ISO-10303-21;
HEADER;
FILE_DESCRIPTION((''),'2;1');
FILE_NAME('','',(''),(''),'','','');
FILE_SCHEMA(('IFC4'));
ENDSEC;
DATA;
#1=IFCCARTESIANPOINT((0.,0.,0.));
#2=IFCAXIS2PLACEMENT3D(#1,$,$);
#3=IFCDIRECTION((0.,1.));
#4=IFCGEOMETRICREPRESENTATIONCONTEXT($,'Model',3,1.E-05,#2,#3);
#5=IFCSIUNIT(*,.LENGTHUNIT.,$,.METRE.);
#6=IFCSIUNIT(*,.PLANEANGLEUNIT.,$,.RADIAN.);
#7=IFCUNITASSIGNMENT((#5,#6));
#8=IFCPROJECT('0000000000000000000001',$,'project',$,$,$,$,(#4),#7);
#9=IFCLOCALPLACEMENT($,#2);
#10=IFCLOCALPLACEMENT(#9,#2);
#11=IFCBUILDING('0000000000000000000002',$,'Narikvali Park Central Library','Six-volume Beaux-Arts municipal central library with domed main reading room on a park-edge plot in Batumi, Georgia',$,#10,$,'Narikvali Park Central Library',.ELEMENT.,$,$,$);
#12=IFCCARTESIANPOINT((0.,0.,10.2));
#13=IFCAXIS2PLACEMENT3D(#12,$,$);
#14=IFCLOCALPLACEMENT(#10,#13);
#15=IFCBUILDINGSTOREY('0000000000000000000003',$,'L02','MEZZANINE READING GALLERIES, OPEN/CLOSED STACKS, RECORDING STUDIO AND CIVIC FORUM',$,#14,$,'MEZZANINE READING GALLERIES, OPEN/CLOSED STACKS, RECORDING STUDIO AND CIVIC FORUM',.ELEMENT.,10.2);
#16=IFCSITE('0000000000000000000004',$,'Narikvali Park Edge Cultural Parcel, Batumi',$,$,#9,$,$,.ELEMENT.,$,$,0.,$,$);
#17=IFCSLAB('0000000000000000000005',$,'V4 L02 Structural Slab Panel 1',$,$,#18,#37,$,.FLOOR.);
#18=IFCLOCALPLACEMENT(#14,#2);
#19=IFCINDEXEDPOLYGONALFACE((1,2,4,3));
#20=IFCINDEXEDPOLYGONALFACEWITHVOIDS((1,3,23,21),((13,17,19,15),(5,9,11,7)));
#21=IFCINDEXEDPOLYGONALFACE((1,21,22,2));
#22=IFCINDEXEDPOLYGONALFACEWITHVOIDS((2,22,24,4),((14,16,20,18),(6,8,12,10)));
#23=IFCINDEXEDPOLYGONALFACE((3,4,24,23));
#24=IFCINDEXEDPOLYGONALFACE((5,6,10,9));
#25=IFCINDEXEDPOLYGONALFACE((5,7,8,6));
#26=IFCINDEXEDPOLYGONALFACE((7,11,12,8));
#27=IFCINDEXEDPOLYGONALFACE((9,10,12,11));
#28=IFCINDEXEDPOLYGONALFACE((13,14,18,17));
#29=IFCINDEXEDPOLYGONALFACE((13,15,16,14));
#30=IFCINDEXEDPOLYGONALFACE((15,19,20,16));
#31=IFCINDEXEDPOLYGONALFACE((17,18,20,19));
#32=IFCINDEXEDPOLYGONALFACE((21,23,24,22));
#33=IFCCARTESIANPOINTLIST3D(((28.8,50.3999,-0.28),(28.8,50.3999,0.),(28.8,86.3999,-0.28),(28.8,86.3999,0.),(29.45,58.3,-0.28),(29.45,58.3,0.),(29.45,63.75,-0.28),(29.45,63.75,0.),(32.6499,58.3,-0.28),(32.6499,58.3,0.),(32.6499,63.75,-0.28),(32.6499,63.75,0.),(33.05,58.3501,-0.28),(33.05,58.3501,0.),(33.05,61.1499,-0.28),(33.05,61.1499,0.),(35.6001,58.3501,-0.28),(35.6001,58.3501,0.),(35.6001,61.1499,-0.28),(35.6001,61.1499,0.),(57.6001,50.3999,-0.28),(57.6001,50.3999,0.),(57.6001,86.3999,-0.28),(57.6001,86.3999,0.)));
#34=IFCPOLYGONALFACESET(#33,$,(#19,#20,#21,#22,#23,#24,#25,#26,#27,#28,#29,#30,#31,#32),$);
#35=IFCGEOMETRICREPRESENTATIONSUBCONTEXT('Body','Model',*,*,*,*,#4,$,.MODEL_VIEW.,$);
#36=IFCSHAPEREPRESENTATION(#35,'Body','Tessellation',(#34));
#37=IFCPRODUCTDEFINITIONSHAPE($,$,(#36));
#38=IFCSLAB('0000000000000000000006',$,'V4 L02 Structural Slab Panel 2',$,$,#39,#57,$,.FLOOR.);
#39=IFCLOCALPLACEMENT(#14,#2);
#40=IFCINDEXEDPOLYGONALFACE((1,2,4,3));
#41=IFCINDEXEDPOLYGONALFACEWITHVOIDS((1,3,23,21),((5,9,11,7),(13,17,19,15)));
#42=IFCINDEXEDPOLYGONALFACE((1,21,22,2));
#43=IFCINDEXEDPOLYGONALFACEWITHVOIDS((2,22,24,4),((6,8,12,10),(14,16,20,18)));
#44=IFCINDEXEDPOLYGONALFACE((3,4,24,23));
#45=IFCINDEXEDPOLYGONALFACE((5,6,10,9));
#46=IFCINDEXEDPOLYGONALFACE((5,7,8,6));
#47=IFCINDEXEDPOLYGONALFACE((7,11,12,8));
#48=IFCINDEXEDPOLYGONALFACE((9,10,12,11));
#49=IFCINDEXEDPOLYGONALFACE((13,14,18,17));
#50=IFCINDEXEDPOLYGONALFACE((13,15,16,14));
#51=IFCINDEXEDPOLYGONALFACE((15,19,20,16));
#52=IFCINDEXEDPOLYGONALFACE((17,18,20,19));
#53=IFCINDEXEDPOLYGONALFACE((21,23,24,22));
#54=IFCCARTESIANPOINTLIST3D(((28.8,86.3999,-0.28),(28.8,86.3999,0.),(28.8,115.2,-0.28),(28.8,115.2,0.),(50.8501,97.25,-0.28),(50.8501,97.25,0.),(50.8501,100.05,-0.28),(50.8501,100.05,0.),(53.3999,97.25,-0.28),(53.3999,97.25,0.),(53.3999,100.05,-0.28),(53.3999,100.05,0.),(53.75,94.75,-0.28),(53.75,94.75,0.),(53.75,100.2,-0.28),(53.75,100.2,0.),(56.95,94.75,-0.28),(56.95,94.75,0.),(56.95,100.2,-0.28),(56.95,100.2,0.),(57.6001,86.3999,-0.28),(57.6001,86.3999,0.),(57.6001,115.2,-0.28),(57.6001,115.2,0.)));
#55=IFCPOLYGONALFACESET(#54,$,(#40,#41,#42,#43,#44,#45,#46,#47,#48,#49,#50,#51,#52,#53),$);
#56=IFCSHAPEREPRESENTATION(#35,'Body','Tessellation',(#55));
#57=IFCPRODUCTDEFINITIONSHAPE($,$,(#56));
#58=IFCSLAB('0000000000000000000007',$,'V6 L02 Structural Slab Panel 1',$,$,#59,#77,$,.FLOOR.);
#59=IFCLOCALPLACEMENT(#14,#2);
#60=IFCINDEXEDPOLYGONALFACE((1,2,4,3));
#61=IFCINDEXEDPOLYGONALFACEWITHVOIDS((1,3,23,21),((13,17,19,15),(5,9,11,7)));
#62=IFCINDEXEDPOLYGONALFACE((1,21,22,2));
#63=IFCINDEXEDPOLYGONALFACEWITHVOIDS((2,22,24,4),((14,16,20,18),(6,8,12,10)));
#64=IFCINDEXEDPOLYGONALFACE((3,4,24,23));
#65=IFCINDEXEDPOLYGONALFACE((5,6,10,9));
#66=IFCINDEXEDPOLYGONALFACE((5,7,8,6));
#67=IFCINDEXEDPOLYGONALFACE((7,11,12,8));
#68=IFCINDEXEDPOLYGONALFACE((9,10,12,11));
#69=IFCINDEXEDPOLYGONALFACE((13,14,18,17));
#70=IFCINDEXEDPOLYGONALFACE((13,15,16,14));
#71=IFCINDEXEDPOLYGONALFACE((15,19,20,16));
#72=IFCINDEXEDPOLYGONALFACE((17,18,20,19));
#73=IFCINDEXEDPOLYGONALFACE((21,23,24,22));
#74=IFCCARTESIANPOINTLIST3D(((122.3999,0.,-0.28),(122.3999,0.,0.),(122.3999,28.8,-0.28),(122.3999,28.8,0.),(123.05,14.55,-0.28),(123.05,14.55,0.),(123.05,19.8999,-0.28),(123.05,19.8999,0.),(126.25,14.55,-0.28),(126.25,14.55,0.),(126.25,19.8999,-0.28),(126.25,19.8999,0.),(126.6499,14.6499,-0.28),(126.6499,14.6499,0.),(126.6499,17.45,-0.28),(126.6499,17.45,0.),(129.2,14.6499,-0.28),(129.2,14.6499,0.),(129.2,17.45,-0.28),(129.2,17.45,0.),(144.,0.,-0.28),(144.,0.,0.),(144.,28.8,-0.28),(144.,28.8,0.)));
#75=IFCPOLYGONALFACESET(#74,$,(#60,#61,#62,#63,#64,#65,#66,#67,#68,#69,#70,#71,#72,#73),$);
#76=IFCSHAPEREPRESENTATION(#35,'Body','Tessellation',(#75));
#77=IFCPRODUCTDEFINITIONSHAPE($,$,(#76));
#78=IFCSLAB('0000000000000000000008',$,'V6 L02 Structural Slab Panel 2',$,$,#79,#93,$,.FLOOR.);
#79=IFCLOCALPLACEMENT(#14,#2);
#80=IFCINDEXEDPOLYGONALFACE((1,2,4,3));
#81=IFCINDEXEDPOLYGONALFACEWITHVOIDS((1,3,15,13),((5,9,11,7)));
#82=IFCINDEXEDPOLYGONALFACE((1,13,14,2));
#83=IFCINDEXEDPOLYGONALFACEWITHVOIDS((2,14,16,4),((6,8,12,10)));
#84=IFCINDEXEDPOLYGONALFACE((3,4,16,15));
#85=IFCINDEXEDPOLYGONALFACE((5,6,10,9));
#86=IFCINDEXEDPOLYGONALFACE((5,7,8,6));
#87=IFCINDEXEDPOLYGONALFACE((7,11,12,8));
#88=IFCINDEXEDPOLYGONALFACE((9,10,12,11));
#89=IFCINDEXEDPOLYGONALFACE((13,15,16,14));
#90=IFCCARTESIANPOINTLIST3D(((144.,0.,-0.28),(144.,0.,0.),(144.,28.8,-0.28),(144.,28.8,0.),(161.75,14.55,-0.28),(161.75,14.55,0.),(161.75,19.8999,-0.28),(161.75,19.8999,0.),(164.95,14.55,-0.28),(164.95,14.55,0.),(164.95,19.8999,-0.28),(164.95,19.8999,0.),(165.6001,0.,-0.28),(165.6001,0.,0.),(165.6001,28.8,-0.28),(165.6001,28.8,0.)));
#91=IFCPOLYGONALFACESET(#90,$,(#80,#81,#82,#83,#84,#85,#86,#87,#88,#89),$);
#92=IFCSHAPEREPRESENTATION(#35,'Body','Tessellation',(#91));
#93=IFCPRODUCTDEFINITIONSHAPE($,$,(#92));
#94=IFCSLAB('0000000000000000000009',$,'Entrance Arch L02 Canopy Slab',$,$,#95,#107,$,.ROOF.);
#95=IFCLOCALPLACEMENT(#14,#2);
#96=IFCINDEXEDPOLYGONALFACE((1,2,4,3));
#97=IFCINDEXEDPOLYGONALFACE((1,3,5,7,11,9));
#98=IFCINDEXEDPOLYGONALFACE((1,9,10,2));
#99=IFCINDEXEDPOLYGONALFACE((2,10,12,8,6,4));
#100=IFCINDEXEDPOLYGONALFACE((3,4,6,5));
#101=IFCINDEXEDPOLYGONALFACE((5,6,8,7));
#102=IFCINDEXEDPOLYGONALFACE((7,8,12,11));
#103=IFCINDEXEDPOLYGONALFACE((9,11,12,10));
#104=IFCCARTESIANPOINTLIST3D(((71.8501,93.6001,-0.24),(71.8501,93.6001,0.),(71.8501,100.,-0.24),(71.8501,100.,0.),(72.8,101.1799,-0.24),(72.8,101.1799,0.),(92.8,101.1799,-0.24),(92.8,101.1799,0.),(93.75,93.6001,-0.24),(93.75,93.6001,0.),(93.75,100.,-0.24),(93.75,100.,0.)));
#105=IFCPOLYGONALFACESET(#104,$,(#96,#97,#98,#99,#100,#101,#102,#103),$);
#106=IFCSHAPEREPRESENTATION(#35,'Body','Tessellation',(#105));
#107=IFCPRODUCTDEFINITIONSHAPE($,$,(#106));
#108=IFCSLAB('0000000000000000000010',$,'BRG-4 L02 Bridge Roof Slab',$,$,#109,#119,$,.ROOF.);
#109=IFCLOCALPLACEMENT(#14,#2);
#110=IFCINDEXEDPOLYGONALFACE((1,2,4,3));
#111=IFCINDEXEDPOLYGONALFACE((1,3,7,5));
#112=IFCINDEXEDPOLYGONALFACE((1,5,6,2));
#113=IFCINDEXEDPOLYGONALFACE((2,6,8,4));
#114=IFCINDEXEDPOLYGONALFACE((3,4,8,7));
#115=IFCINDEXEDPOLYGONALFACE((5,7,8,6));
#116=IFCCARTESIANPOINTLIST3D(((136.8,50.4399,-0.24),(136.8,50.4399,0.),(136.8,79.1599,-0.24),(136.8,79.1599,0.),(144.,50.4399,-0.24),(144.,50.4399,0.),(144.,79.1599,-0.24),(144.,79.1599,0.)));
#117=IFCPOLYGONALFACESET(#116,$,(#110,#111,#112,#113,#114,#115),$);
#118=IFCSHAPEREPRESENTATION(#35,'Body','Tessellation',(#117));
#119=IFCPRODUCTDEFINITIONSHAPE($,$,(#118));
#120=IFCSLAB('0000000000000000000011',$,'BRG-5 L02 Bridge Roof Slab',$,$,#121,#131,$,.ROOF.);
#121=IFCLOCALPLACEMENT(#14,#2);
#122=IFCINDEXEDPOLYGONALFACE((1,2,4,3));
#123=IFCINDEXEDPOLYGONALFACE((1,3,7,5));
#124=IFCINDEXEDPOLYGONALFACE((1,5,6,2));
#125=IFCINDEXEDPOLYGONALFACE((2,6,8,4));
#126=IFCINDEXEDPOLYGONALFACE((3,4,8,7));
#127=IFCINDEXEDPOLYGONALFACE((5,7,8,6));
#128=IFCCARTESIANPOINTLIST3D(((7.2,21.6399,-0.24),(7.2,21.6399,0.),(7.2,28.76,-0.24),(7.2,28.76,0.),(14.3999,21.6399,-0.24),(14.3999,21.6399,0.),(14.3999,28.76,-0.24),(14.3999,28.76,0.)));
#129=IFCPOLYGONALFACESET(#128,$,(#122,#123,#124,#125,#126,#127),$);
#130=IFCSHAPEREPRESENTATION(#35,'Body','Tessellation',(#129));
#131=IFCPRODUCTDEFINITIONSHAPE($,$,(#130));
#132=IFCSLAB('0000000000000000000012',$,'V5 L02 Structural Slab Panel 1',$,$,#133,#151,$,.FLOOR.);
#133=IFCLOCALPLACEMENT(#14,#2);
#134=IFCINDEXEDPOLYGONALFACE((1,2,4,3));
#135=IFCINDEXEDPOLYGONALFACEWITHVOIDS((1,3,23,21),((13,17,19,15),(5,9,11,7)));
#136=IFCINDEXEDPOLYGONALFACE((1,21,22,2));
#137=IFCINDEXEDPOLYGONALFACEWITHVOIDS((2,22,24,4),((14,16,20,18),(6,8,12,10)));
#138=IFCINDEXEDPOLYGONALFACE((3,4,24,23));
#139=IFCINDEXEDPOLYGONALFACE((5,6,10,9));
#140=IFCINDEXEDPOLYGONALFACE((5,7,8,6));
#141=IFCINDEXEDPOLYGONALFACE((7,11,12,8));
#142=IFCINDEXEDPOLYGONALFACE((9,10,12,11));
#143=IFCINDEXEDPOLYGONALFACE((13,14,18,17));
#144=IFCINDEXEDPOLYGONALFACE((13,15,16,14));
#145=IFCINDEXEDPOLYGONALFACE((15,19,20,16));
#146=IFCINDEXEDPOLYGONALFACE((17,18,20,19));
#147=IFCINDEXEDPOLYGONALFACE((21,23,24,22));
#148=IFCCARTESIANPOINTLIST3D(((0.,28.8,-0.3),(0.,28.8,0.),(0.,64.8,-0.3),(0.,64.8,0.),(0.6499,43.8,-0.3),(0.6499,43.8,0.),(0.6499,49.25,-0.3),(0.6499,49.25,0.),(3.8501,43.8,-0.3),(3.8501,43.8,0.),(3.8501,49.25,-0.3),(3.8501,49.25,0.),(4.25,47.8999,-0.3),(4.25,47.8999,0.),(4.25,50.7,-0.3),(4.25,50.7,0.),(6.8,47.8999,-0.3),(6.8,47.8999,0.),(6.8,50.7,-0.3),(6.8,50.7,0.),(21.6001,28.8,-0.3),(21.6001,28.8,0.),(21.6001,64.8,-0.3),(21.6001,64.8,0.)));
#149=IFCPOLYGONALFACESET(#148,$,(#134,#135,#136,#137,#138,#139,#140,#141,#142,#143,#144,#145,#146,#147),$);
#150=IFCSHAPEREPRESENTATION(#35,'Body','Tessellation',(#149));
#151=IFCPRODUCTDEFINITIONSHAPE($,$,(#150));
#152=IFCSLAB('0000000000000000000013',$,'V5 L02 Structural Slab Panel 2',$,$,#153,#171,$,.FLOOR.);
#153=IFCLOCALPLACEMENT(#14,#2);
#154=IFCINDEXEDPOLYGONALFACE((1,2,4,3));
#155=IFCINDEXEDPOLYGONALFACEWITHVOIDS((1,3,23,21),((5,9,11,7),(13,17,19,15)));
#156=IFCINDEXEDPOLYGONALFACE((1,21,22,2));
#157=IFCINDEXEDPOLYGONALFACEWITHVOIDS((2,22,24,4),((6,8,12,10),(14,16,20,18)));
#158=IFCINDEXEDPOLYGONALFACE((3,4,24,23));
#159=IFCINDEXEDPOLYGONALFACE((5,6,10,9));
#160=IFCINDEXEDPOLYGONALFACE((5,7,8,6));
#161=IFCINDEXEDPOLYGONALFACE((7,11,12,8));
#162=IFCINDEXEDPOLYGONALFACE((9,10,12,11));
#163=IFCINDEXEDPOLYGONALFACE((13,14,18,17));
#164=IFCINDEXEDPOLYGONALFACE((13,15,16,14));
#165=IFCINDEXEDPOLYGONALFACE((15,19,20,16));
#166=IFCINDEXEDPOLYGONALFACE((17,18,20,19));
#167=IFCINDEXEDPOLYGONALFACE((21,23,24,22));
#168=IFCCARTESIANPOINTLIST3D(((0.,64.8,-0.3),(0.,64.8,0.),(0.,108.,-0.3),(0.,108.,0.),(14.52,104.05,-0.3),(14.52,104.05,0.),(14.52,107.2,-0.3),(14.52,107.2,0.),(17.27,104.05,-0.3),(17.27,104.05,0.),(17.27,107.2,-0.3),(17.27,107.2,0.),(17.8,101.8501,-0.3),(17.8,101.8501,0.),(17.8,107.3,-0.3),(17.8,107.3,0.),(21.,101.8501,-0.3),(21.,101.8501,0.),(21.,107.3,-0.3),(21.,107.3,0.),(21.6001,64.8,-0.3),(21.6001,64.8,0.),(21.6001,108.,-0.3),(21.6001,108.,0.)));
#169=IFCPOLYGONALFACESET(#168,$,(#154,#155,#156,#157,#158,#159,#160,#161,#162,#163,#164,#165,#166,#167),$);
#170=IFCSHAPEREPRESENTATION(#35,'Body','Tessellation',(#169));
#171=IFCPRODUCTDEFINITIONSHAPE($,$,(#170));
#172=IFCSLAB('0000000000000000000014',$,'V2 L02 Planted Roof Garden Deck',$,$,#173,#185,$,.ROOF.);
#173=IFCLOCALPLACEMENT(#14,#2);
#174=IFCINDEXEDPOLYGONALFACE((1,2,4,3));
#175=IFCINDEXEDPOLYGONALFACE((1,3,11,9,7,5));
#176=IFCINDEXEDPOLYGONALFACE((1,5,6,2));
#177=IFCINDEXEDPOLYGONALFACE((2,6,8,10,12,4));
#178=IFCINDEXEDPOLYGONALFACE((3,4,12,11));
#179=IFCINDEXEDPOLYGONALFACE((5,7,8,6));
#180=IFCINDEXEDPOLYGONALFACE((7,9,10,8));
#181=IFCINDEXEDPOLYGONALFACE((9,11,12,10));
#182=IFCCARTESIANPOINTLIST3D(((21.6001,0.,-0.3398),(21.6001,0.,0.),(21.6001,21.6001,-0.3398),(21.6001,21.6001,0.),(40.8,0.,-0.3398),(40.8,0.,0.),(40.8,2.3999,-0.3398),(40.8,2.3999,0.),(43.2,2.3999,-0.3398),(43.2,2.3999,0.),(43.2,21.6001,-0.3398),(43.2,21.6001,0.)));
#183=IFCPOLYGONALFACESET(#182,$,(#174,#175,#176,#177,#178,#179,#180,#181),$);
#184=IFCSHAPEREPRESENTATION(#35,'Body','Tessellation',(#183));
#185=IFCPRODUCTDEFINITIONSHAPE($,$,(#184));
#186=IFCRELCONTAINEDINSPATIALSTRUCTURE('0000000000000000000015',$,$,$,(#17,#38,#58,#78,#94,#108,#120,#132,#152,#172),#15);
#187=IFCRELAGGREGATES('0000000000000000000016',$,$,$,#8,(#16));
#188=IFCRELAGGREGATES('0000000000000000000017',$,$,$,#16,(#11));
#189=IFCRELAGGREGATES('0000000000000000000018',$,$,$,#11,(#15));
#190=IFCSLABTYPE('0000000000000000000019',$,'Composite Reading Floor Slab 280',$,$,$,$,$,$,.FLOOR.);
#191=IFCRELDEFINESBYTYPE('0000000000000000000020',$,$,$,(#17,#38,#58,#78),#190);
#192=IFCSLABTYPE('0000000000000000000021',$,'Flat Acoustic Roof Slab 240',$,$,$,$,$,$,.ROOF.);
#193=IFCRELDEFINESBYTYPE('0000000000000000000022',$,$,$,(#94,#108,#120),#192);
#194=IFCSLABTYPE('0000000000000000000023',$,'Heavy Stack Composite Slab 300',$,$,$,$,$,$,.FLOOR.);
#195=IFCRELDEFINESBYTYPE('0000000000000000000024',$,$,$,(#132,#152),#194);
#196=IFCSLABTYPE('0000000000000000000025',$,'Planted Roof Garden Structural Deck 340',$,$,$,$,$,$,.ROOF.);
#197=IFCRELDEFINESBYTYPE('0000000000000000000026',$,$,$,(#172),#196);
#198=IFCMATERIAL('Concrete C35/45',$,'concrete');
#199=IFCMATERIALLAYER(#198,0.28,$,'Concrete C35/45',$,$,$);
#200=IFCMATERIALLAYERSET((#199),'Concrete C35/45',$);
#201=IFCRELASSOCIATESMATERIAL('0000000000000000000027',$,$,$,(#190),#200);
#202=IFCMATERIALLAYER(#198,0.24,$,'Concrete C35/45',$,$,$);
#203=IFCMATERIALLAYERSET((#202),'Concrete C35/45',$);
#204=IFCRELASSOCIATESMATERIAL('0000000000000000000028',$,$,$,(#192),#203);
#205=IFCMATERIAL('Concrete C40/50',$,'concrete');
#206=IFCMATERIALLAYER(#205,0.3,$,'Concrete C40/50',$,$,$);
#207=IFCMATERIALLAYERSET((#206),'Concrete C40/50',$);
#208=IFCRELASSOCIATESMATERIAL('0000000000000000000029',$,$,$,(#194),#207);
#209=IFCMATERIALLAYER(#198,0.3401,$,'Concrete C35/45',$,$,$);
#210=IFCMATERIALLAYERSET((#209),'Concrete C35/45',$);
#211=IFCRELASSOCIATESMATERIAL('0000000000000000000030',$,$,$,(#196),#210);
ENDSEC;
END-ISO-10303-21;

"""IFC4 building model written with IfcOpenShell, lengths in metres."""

from ifc_helpers import new_model, si_unit, direction, frame, origin, place, context, subcontext, project, spatial, polyline, outline, extrude, material, layer, layer_set, type_object, element, save


model = new_model("IFC4")

# Units and contexts
model_context = context("Model", 3, precision=1e-05, world=origin(), true_north=direction((0.0, 1.0)))
body_context = subcontext(model_context, "Body", "Model", "MODEL_VIEW")
ifc_project = project(units=[si_unit("LENGTHUNIT", "METRE"), si_unit("PLANEANGLEUNIT", "RADIAN")], contexts=[model_context])

# Site, building, storey
site_placement = place(None, origin())
site = spatial("IfcSite", under=ifc_project, at=site_placement, Name="Narikvali Park Edge Cultural Parcel, Batumi", CompositionType="ELEMENT", RefElevation=0.0)
building_placement = place(site_placement, origin())
building = spatial("IfcBuilding", under=site, at=building_placement, Name="Narikvali Park Central Library", Description="Six-volume Beaux-Arts municipal central library with domed main reading room on a park-edge plot in Batumi, Georgia", LongName="Narikvali Park Central Library", CompositionType="ELEMENT")
storey_placement = place(building_placement, frame((0.0, 0.0, 10.2)))
storey = spatial("IfcBuildingStorey", under=building, at=storey_placement, Name="L02", Description="MEZZANINE READING GALLERIES, OPEN/CLOSED STACKS, RECORDING STUDIO AND CIVIC FORUM", LongName="MEZZANINE READING GALLERIES, OPEN/CLOSED STACKS, RECORDING STUDIO AND CIVIC FORUM", CompositionType="ELEMENT", Elevation=10.2)

# Slabs
ifc_material_1 = material(Name="Concrete C40/50", Category="concrete")
ifc_material_2 = material(Name="Concrete C35/45", Category="concrete")
ifc_layer_1 = layer(ifc_material_2, 0.28, Name="Concrete C35/45")
ifc_layer_set_1 = layer_set([ifc_layer_1], Name="Concrete C35/45")
slab_type_1 = type_object("IfcSlabType", Name="Composite Reading Floor Slab 280", PredefinedType="FLOOR", material=ifc_layer_set_1)
slab_1_placement = place(storey_placement, frame((0.0, 0.0, -0.28)))
element("IfcSlab", 1, at=slab_1_placement, inside=storey, type_object=slab_type_1, Name="V4 L02 Structural Slab Panel 1", PredefinedType="FLOOR", context=body_context, shape_type="SweptSolid", body=[
    extrude(outline(polyline([(28.8, 50.3999), (57.6001, 50.3999), (57.6001, 86.3999), (28.8, 86.3999), (28.8, 50.3999)]), holes=[polyline([(29.45, 58.3), (32.6499, 58.3), (32.6499, 63.75), (29.45, 63.75), (29.45, 58.3)]), polyline([(33.05, 58.3501), (35.6001, 58.3501), (35.6001, 61.1499), (33.05, 61.1499), (33.05, 58.3501)])]), origin(), (0.0, 0.0, 1.0), 0.28),
])
slab_2_placement = place(storey_placement, frame((0.0, 0.0, -0.28)))
element("IfcSlab", 2, at=slab_2_placement, inside=storey, type_object=slab_type_1, Name="V4 L02 Structural Slab Panel 2", PredefinedType="FLOOR", context=body_context, shape_type="SweptSolid", body=[
    extrude(outline(polyline([(28.8, 86.3999), (57.6001, 86.3999), (57.6001, 115.2), (28.8, 115.2), (28.8, 86.3999)]), holes=[polyline([(53.75, 94.75), (56.95, 94.75), (56.95, 100.2), (53.75, 100.2), (53.75, 94.75)]), polyline([(50.8501, 97.25), (53.3999, 97.25), (53.3999, 100.05), (50.8501, 100.05), (50.8501, 97.25)])]), origin(), (0.0, 0.0, 1.0), 0.28),
])
slab_3_placement = place(storey_placement, frame((0.0, 0.0, -0.28)))
element("IfcSlab", 3, at=slab_3_placement, inside=storey, type_object=slab_type_1, Name="V6 L02 Structural Slab Panel 1", PredefinedType="FLOOR", context=body_context, shape_type="SweptSolid", body=[
    extrude(outline(polyline([(122.3999, 0.0), (144.0, 0.0), (144.0, 28.8), (122.3999, 28.8), (122.3999, 0.0)]), holes=[polyline([(123.05, 14.55), (126.25, 14.55), (126.25, 19.8999), (123.05, 19.8999), (123.05, 14.55)]), polyline([(126.6499, 14.6499), (129.2, 14.6499), (129.2, 17.45), (126.6499, 17.45), (126.6499, 14.6499)])]), origin(), (0.0, 0.0, 1.0), 0.28),
])
slab_4_placement = place(storey_placement, frame((0.0, 0.0, -0.28)))
element("IfcSlab", 4, at=slab_4_placement, inside=storey, type_object=slab_type_1, Name="V6 L02 Structural Slab Panel 2", PredefinedType="FLOOR", context=body_context, shape_type="SweptSolid", body=[
    extrude(outline(polyline([(144.0, 0.0), (165.6001, 0.0), (165.6001, 28.8), (144.0, 28.8), (144.0, 0.0)]), holes=[polyline([(161.75, 14.55), (164.95, 14.55), (164.95, 19.8999), (161.75, 19.8999), (161.75, 14.55)])]), origin(), (0.0, 0.0, 1.0), 0.28),
])
ifc_layer_2 = layer(ifc_material_2, 0.24, Name="Concrete C35/45")
ifc_layer_set_2 = layer_set([ifc_layer_2], Name="Concrete C35/45")
slab_type_2 = type_object("IfcSlabType", Name="Flat Acoustic Roof Slab 240", PredefinedType="ROOF", material=ifc_layer_set_2)
slab_5_placement = place(storey_placement, frame((0.0, 0.0, -0.24)))
element("IfcSlab", 5, at=slab_5_placement, inside=storey, type_object=slab_type_2, Name="Entrance Arch L02 Canopy Slab", PredefinedType="ROOF", context=body_context, shape_type="SweptSolid", body=[
    extrude(outline(polyline([(71.8501, 93.6001), (93.75, 93.6001), (93.75, 100.0), (92.8, 101.1799), (72.8, 101.1799), (71.8501, 100.0), (71.8501, 93.6001)])), origin(), (0.0, 0.0, 1.0), 0.24),
])
slab_6_placement = place(storey_placement, frame((0.0, 0.0, -0.24)))
element("IfcSlab", 6, at=slab_6_placement, inside=storey, type_object=slab_type_2, Name="BRG-4 L02 Bridge Roof Slab", PredefinedType="ROOF", context=body_context, shape_type="SweptSolid", body=[
    extrude(outline(polyline([(136.8, 50.4399), (144.0, 50.4399), (144.0, 79.1599), (136.8, 79.1599), (136.8, 50.4399)])), origin(), (0.0, 0.0, 1.0), 0.24),
])
slab_7_placement = place(storey_placement, frame((0.0, 0.0, -0.24)))
element("IfcSlab", 7, at=slab_7_placement, inside=storey, type_object=slab_type_2, Name="BRG-5 L02 Bridge Roof Slab", PredefinedType="ROOF", context=body_context, shape_type="SweptSolid", body=[
    extrude(outline(polyline([(7.2, 21.6399), (14.3999, 21.6399), (14.3999, 28.76), (7.2, 28.76), (7.2, 21.6399)])), origin(), (0.0, 0.0, 1.0), 0.24),
])
ifc_layer_3 = layer(ifc_material_1, 0.3, Name="Concrete C40/50")
ifc_layer_set_3 = layer_set([ifc_layer_3], Name="Concrete C40/50")
slab_type_3 = type_object("IfcSlabType", Name="Heavy Stack Composite Slab 300", PredefinedType="FLOOR", material=ifc_layer_set_3)
slab_8_placement = place(storey_placement, frame((0.0, 0.0, -0.3)))
element("IfcSlab", 8, at=slab_8_placement, inside=storey, type_object=slab_type_3, Name="V5 L02 Structural Slab Panel 1", PredefinedType="FLOOR", context=body_context, shape_type="SweptSolid", body=[
    extrude(outline(polyline([(0.0, 28.8), (21.6001, 28.8), (21.6001, 64.8), (0.0, 64.8), (0.0, 28.8)]), holes=[polyline([(0.6499, 43.8), (3.8501, 43.8), (3.8501, 49.25), (0.6499, 49.25), (0.6499, 43.8)]), polyline([(4.25, 47.8999), (6.8, 47.8999), (6.8, 50.7), (4.25, 50.7), (4.25, 47.8999)])]), origin(), (0.0, 0.0, 1.0), 0.3),
])
slab_9_placement = place(storey_placement, frame((0.0, 0.0, -0.3)))
element("IfcSlab", 9, at=slab_9_placement, inside=storey, type_object=slab_type_3, Name="V5 L02 Structural Slab Panel 2", PredefinedType="FLOOR", context=body_context, shape_type="SweptSolid", body=[
    extrude(outline(polyline([(0.0, 64.8), (21.6001, 64.8), (21.6001, 108.0), (0.0, 108.0), (0.0, 64.8)]), holes=[polyline([(17.8, 101.8501), (21.0, 101.8501), (21.0, 107.3), (17.8, 107.3), (17.8, 101.8501)]), polyline([(14.52, 104.05), (17.27, 104.05), (17.27, 107.2), (14.52, 107.2), (14.52, 104.05)])]), origin(), (0.0, 0.0, 1.0), 0.3),
])
ifc_layer_4 = layer(ifc_material_2, 0.3401, Name="Concrete C35/45")
ifc_layer_set_4 = layer_set([ifc_layer_4], Name="Concrete C35/45")
slab_type_4 = type_object("IfcSlabType", Name="Planted Roof Garden Structural Deck 340", PredefinedType="ROOF", material=ifc_layer_set_4)
slab_10_placement = place(storey_placement, frame((0.0, 0.0, -0.3398)))
element("IfcSlab", 10, at=slab_10_placement, inside=storey, type_object=slab_type_4, Name="V2 L02 Planted Roof Garden Deck", PredefinedType="ROOF", context=body_context, shape_type="SweptSolid", body=[
    extrude(outline(polyline([(21.6001, 0.0), (40.8, 0.0), (40.8, 2.3999), (43.2, 2.3999), (43.2, 21.6001), (21.6001, 21.6001), (21.6001, 0.0)])), origin(), (0.0, 0.0, 1.0), 0.3398),
])

save(model, "model.ifc")
